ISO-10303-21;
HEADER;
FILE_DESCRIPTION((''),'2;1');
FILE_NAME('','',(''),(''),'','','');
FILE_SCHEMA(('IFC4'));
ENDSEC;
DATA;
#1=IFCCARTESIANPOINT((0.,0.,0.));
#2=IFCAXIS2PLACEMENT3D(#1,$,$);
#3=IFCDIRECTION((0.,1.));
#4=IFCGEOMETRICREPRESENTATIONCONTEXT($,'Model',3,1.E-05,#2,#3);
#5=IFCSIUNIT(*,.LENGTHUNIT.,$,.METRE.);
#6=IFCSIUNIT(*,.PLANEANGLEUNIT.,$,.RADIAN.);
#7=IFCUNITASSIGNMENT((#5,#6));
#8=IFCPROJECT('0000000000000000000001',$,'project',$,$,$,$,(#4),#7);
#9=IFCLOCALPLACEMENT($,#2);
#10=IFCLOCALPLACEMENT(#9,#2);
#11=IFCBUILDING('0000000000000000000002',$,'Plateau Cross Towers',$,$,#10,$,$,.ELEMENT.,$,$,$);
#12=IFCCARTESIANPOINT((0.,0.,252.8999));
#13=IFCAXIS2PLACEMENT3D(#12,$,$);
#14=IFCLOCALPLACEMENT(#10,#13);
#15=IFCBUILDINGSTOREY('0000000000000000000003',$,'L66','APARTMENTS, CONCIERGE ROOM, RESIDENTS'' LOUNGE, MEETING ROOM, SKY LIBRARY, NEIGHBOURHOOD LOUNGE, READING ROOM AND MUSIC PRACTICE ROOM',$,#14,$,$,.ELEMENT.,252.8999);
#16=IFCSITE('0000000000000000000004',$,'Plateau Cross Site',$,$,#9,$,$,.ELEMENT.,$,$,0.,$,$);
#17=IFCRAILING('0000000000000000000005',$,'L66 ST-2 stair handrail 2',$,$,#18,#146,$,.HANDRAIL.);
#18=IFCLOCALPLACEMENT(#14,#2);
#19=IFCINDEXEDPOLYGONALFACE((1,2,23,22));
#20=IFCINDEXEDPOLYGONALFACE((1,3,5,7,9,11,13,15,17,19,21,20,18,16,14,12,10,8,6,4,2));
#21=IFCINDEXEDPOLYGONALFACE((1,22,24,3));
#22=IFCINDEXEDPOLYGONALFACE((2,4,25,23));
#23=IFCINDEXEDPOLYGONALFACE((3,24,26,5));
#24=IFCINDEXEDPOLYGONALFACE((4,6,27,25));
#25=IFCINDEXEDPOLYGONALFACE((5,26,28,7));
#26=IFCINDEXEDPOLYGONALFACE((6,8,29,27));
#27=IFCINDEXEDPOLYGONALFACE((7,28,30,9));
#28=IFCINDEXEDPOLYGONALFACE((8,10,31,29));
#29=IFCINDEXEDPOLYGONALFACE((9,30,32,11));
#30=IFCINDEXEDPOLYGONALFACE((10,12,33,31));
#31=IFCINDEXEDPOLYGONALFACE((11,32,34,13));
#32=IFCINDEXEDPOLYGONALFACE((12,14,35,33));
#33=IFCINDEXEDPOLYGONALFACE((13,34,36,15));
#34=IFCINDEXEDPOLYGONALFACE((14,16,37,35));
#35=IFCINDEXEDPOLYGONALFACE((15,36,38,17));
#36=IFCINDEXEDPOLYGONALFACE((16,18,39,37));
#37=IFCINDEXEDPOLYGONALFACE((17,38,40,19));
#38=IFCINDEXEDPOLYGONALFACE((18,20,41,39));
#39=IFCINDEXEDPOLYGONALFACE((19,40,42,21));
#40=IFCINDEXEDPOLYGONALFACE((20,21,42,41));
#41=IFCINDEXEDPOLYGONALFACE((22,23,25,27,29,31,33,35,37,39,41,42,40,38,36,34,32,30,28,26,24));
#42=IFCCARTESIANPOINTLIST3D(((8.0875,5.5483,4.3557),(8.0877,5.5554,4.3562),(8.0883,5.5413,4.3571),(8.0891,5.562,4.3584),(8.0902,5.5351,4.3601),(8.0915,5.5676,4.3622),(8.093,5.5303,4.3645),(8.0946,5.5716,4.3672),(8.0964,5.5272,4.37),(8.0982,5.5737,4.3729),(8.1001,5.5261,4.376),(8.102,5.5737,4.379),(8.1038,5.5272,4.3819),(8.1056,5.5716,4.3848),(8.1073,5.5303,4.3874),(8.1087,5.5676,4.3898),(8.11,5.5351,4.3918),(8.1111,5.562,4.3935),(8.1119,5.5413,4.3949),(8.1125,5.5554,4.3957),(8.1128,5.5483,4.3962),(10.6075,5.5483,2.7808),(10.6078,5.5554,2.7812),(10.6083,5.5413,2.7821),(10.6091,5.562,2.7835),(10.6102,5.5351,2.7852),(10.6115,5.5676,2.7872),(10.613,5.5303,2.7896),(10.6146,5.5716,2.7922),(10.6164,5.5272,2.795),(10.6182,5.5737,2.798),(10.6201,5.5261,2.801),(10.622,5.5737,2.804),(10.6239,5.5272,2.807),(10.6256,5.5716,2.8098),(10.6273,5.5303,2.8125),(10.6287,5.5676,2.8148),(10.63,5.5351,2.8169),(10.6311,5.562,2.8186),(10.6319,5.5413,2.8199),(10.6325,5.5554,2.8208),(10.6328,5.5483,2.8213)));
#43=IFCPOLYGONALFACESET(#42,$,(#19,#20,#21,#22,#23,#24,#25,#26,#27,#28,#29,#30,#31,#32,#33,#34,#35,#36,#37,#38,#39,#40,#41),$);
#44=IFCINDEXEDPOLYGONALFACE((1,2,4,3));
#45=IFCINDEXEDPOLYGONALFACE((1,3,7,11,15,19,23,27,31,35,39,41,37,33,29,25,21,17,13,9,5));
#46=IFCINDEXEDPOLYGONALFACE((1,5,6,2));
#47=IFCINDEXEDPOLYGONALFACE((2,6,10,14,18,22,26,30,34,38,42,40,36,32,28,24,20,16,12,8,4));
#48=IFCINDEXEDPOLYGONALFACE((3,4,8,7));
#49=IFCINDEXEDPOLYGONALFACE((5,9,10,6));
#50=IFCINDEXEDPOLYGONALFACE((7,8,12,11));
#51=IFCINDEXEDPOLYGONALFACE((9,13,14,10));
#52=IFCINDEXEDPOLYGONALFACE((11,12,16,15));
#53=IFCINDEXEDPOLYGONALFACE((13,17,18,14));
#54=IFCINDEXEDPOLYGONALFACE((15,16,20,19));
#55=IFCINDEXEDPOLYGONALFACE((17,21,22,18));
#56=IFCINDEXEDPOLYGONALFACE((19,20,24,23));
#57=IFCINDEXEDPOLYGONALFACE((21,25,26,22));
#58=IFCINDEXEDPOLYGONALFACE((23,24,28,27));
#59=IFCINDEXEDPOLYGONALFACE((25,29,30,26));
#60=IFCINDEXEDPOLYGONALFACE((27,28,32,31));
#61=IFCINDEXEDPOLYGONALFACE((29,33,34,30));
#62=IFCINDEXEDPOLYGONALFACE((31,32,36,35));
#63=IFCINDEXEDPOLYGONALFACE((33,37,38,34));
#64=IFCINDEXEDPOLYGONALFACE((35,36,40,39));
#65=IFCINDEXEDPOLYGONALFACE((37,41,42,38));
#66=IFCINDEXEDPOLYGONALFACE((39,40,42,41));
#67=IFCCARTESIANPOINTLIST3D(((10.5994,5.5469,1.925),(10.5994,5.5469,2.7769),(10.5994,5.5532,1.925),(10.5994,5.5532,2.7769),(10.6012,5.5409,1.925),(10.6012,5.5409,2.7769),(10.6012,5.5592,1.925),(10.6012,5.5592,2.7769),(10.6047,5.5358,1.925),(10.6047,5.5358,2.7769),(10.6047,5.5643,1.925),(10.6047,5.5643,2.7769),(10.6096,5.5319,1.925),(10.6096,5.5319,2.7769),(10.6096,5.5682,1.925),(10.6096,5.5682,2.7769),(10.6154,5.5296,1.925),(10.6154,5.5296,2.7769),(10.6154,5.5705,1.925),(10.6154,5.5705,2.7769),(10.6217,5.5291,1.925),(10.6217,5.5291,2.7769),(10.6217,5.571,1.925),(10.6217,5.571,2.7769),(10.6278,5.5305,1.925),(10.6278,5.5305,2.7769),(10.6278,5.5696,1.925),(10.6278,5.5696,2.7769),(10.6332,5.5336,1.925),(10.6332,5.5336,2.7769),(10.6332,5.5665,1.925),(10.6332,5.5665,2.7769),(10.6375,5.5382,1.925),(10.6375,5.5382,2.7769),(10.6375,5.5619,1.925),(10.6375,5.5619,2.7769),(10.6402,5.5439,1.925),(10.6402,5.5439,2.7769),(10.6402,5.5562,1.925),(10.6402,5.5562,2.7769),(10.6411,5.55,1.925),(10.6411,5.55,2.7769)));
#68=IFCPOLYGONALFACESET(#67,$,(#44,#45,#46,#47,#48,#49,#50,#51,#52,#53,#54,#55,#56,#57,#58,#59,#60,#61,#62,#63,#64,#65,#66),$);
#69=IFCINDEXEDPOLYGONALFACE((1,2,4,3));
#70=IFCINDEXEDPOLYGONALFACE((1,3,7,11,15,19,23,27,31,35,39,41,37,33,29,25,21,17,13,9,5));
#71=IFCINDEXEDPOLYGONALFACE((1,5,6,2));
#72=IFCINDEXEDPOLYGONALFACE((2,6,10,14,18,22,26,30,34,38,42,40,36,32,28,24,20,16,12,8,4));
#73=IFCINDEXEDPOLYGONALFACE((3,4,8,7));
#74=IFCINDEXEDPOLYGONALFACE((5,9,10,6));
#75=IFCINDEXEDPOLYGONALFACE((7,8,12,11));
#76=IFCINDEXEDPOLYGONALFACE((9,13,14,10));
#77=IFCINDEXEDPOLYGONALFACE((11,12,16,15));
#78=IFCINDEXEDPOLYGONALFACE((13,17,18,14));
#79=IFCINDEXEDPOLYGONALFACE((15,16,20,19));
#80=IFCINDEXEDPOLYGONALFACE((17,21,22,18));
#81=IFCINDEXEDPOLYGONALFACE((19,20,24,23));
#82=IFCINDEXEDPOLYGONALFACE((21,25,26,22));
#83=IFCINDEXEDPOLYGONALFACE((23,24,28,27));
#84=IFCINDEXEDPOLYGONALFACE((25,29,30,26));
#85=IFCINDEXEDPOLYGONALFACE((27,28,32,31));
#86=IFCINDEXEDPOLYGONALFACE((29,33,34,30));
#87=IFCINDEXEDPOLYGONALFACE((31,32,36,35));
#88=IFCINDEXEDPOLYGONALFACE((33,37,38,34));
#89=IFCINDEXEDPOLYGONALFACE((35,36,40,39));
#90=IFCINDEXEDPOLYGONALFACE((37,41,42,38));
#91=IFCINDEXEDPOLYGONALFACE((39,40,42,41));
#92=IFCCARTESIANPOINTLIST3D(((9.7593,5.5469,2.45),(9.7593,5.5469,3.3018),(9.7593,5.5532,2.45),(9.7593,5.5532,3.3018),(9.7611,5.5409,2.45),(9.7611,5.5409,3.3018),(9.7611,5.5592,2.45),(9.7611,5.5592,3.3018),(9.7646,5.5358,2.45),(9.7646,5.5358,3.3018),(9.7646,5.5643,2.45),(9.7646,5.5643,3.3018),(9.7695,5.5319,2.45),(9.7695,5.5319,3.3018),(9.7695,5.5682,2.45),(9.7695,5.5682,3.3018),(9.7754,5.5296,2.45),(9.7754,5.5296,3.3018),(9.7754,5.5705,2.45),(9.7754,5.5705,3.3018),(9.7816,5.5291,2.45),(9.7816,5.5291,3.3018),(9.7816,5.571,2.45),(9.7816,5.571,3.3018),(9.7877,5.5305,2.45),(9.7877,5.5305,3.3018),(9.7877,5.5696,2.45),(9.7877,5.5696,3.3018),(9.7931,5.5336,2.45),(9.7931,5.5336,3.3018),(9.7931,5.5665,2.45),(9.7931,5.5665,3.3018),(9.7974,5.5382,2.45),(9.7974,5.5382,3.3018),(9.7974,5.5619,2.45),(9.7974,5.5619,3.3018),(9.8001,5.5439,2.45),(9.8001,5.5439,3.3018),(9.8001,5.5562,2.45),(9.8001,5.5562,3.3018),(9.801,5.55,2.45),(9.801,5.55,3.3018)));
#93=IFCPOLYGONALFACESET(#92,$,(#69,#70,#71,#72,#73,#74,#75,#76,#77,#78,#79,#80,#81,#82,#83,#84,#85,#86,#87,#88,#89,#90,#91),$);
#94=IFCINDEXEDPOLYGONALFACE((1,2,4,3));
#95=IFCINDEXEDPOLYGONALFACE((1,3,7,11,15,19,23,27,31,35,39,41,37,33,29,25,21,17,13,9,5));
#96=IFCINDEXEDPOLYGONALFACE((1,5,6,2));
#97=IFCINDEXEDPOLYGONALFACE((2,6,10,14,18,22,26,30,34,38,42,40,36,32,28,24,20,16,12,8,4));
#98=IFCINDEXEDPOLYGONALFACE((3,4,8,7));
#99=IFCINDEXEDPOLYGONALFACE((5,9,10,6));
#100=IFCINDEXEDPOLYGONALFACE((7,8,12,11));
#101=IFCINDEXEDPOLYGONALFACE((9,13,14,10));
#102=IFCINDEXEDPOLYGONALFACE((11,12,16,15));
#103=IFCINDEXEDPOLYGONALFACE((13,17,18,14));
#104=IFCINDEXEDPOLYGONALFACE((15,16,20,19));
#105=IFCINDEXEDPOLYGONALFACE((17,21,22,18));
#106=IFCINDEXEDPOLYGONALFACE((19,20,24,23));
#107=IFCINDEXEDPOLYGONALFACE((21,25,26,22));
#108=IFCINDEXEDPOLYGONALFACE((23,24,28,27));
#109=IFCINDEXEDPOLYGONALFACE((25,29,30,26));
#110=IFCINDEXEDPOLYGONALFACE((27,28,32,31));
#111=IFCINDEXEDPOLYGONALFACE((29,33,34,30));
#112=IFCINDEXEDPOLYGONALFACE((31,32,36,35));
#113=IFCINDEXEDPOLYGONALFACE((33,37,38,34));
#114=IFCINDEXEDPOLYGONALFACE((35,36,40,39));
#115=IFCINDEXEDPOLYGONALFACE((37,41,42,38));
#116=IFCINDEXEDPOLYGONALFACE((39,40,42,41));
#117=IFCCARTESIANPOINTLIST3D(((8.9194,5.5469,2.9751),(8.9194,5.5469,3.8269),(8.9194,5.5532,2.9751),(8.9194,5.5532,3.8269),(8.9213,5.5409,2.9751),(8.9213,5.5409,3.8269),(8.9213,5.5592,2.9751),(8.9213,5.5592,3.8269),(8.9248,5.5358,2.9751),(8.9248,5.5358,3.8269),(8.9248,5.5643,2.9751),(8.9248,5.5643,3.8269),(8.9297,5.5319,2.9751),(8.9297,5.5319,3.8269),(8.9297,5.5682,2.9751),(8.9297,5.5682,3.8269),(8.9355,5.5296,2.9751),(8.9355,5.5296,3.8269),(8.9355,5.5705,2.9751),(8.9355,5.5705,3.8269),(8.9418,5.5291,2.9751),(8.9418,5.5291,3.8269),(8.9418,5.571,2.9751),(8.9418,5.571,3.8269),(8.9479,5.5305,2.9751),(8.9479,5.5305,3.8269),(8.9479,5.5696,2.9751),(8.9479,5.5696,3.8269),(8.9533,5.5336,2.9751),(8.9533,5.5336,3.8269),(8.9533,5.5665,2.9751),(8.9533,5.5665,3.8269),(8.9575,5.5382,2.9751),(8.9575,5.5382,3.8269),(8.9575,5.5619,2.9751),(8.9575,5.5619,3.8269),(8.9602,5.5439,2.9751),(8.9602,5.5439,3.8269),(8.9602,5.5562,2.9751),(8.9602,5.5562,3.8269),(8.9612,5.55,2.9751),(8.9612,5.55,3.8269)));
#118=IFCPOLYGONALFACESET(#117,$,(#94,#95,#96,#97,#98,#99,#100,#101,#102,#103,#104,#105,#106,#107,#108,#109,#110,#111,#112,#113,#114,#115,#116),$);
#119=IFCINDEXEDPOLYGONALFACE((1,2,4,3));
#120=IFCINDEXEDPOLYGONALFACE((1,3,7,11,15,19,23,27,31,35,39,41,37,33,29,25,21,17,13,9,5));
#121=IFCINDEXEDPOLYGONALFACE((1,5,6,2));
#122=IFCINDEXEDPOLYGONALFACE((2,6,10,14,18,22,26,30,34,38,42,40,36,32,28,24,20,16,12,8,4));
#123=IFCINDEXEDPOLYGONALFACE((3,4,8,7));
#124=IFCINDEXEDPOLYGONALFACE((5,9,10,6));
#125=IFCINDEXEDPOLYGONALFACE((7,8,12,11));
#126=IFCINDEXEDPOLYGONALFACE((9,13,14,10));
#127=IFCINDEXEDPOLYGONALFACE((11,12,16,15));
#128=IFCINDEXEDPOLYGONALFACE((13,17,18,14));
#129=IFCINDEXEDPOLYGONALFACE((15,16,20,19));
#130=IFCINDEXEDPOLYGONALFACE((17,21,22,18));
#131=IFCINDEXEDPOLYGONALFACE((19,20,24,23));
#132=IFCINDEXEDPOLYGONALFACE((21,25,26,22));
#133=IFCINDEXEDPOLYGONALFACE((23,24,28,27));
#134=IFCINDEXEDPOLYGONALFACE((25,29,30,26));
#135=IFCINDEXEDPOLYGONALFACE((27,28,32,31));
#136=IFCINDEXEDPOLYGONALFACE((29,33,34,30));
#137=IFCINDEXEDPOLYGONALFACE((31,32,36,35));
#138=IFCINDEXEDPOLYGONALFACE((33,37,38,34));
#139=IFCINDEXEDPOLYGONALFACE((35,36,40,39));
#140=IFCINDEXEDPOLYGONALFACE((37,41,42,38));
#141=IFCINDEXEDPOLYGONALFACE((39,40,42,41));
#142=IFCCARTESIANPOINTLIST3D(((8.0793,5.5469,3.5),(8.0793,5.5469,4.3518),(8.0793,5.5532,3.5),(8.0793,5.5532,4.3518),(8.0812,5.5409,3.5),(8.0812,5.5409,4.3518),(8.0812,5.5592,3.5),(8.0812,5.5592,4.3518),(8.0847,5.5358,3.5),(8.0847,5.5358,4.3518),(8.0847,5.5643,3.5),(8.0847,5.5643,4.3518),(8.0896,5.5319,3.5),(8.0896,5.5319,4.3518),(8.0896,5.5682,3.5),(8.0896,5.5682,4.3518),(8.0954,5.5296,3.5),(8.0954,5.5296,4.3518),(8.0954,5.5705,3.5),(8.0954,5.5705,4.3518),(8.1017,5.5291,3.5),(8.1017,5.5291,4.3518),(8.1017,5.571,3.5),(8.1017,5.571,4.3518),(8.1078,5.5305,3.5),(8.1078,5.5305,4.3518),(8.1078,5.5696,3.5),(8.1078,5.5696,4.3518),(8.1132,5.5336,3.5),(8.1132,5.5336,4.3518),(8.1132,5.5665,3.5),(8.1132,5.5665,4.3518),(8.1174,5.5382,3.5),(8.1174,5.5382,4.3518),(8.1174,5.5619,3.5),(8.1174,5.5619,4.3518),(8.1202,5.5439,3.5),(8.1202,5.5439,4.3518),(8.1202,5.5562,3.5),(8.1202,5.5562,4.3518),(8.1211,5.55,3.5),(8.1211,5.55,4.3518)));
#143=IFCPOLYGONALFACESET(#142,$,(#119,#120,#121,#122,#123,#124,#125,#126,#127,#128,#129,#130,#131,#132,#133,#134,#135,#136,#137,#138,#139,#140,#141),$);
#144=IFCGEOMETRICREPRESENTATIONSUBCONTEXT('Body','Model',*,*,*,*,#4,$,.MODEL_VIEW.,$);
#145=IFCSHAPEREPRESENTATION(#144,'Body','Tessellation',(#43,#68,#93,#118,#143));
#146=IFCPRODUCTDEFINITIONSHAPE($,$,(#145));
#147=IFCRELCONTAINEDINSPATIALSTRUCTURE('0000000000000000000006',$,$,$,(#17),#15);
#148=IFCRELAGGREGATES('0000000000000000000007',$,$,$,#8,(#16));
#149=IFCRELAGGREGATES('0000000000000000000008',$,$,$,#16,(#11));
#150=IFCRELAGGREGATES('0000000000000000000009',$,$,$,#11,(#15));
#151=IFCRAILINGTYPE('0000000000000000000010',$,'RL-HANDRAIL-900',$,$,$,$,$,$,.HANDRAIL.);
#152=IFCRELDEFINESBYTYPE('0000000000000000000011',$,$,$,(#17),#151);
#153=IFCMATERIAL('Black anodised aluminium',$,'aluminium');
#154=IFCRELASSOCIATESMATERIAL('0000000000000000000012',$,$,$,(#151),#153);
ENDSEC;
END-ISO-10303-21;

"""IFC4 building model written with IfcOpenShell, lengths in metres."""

from ifc_helpers import new_model, si_unit, direction, frame, origin, origin_2d, place, context, subcontext, project, spatial, circle, extrude, material, type_object, element, save


model = new_model("IFC4")

# Units and contexts
model_context = context("Model", 3, precision=1e-05, world=origin(), true_north=direction((0.0, 1.0)))
body_context = subcontext(model_context, "Body", "Model", "MODEL_VIEW")
ifc_project = project(units=[si_unit("LENGTHUNIT", "METRE"), si_unit("PLANEANGLEUNIT", "RADIAN")], contexts=[model_context])

# Site, building, storey
site_placement = place(None, origin())
site = spatial("IfcSite", under=ifc_project, at=site_placement, Name="Plateau Cross Site", CompositionType="ELEMENT", RefElevation=0.0)
building_placement = place(site_placement, origin())
building = spatial("IfcBuilding", under=site, at=building_placement, Name="Plateau Cross Towers", CompositionType="ELEMENT")
storey_placement = place(building_placement, frame((0.0, 0.0, 252.8999)))
storey = spatial("IfcBuildingStorey", under=building, at=storey_placement, Name="L66", Description="APARTMENTS, CONCIERGE ROOM, RESIDENTS' LOUNGE, MEETING ROOM, SKY LIBRARY, NEIGHBOURHOOD LOUNGE, READING ROOM AND MUSIC PRACTICE ROOM", CompositionType="ELEMENT", Elevation=252.8999)

# Shared definitions
ifc_material_1 = material(Name="Black anodised aluminium", Category="aluminium")

# Railing
railing_type_1 = type_object("IfcRailingType", Name="RL-HANDRAIL-900", PredefinedType="HANDRAIL", material=ifc_material_1)
railing_1_placement = place(storey_placement, frame((10.6201, 5.55, 1.925)))
element("IfcRailing", 1, at=railing_1_placement, inside=storey, type_object=railing_type_1, Name="L66 ST-2 stair handrail 2", PredefinedType="HANDRAIL", context=body_context, shape_type="SweptSolid", body=[
    extrude(circle(Radius=0.0239, at=origin_2d()), frame((0.0, 0.0, 0.876), z_axis=(-0.848008, 0.0, 0.529984), x_axis=(0.0, -1.0, 0.0)), (0.0, 0.0, 1.0), 2.9717),
    extrude(circle(Radius=0.021, at=origin_2d()), origin(), (0.0, 0.0, 1.0), 0.8518),
    extrude(circle(Radius=0.021, at=origin_2d()), frame((-0.8401, 0.0, 0.5249)), (0.0, 0.0, 1.0), 0.8518),
    extrude(circle(Radius=0.021, at=origin_2d()), frame((-1.6799, 0.0, 1.05)), (0.0, 0.0, 1.0), 0.8518),
    extrude(circle(Radius=0.021, at=origin_2d()), frame((-2.52, 0.0, 1.575)), (0.0, 0.0, 1.0), 0.8518),
])

save(model, "model.ifc")
